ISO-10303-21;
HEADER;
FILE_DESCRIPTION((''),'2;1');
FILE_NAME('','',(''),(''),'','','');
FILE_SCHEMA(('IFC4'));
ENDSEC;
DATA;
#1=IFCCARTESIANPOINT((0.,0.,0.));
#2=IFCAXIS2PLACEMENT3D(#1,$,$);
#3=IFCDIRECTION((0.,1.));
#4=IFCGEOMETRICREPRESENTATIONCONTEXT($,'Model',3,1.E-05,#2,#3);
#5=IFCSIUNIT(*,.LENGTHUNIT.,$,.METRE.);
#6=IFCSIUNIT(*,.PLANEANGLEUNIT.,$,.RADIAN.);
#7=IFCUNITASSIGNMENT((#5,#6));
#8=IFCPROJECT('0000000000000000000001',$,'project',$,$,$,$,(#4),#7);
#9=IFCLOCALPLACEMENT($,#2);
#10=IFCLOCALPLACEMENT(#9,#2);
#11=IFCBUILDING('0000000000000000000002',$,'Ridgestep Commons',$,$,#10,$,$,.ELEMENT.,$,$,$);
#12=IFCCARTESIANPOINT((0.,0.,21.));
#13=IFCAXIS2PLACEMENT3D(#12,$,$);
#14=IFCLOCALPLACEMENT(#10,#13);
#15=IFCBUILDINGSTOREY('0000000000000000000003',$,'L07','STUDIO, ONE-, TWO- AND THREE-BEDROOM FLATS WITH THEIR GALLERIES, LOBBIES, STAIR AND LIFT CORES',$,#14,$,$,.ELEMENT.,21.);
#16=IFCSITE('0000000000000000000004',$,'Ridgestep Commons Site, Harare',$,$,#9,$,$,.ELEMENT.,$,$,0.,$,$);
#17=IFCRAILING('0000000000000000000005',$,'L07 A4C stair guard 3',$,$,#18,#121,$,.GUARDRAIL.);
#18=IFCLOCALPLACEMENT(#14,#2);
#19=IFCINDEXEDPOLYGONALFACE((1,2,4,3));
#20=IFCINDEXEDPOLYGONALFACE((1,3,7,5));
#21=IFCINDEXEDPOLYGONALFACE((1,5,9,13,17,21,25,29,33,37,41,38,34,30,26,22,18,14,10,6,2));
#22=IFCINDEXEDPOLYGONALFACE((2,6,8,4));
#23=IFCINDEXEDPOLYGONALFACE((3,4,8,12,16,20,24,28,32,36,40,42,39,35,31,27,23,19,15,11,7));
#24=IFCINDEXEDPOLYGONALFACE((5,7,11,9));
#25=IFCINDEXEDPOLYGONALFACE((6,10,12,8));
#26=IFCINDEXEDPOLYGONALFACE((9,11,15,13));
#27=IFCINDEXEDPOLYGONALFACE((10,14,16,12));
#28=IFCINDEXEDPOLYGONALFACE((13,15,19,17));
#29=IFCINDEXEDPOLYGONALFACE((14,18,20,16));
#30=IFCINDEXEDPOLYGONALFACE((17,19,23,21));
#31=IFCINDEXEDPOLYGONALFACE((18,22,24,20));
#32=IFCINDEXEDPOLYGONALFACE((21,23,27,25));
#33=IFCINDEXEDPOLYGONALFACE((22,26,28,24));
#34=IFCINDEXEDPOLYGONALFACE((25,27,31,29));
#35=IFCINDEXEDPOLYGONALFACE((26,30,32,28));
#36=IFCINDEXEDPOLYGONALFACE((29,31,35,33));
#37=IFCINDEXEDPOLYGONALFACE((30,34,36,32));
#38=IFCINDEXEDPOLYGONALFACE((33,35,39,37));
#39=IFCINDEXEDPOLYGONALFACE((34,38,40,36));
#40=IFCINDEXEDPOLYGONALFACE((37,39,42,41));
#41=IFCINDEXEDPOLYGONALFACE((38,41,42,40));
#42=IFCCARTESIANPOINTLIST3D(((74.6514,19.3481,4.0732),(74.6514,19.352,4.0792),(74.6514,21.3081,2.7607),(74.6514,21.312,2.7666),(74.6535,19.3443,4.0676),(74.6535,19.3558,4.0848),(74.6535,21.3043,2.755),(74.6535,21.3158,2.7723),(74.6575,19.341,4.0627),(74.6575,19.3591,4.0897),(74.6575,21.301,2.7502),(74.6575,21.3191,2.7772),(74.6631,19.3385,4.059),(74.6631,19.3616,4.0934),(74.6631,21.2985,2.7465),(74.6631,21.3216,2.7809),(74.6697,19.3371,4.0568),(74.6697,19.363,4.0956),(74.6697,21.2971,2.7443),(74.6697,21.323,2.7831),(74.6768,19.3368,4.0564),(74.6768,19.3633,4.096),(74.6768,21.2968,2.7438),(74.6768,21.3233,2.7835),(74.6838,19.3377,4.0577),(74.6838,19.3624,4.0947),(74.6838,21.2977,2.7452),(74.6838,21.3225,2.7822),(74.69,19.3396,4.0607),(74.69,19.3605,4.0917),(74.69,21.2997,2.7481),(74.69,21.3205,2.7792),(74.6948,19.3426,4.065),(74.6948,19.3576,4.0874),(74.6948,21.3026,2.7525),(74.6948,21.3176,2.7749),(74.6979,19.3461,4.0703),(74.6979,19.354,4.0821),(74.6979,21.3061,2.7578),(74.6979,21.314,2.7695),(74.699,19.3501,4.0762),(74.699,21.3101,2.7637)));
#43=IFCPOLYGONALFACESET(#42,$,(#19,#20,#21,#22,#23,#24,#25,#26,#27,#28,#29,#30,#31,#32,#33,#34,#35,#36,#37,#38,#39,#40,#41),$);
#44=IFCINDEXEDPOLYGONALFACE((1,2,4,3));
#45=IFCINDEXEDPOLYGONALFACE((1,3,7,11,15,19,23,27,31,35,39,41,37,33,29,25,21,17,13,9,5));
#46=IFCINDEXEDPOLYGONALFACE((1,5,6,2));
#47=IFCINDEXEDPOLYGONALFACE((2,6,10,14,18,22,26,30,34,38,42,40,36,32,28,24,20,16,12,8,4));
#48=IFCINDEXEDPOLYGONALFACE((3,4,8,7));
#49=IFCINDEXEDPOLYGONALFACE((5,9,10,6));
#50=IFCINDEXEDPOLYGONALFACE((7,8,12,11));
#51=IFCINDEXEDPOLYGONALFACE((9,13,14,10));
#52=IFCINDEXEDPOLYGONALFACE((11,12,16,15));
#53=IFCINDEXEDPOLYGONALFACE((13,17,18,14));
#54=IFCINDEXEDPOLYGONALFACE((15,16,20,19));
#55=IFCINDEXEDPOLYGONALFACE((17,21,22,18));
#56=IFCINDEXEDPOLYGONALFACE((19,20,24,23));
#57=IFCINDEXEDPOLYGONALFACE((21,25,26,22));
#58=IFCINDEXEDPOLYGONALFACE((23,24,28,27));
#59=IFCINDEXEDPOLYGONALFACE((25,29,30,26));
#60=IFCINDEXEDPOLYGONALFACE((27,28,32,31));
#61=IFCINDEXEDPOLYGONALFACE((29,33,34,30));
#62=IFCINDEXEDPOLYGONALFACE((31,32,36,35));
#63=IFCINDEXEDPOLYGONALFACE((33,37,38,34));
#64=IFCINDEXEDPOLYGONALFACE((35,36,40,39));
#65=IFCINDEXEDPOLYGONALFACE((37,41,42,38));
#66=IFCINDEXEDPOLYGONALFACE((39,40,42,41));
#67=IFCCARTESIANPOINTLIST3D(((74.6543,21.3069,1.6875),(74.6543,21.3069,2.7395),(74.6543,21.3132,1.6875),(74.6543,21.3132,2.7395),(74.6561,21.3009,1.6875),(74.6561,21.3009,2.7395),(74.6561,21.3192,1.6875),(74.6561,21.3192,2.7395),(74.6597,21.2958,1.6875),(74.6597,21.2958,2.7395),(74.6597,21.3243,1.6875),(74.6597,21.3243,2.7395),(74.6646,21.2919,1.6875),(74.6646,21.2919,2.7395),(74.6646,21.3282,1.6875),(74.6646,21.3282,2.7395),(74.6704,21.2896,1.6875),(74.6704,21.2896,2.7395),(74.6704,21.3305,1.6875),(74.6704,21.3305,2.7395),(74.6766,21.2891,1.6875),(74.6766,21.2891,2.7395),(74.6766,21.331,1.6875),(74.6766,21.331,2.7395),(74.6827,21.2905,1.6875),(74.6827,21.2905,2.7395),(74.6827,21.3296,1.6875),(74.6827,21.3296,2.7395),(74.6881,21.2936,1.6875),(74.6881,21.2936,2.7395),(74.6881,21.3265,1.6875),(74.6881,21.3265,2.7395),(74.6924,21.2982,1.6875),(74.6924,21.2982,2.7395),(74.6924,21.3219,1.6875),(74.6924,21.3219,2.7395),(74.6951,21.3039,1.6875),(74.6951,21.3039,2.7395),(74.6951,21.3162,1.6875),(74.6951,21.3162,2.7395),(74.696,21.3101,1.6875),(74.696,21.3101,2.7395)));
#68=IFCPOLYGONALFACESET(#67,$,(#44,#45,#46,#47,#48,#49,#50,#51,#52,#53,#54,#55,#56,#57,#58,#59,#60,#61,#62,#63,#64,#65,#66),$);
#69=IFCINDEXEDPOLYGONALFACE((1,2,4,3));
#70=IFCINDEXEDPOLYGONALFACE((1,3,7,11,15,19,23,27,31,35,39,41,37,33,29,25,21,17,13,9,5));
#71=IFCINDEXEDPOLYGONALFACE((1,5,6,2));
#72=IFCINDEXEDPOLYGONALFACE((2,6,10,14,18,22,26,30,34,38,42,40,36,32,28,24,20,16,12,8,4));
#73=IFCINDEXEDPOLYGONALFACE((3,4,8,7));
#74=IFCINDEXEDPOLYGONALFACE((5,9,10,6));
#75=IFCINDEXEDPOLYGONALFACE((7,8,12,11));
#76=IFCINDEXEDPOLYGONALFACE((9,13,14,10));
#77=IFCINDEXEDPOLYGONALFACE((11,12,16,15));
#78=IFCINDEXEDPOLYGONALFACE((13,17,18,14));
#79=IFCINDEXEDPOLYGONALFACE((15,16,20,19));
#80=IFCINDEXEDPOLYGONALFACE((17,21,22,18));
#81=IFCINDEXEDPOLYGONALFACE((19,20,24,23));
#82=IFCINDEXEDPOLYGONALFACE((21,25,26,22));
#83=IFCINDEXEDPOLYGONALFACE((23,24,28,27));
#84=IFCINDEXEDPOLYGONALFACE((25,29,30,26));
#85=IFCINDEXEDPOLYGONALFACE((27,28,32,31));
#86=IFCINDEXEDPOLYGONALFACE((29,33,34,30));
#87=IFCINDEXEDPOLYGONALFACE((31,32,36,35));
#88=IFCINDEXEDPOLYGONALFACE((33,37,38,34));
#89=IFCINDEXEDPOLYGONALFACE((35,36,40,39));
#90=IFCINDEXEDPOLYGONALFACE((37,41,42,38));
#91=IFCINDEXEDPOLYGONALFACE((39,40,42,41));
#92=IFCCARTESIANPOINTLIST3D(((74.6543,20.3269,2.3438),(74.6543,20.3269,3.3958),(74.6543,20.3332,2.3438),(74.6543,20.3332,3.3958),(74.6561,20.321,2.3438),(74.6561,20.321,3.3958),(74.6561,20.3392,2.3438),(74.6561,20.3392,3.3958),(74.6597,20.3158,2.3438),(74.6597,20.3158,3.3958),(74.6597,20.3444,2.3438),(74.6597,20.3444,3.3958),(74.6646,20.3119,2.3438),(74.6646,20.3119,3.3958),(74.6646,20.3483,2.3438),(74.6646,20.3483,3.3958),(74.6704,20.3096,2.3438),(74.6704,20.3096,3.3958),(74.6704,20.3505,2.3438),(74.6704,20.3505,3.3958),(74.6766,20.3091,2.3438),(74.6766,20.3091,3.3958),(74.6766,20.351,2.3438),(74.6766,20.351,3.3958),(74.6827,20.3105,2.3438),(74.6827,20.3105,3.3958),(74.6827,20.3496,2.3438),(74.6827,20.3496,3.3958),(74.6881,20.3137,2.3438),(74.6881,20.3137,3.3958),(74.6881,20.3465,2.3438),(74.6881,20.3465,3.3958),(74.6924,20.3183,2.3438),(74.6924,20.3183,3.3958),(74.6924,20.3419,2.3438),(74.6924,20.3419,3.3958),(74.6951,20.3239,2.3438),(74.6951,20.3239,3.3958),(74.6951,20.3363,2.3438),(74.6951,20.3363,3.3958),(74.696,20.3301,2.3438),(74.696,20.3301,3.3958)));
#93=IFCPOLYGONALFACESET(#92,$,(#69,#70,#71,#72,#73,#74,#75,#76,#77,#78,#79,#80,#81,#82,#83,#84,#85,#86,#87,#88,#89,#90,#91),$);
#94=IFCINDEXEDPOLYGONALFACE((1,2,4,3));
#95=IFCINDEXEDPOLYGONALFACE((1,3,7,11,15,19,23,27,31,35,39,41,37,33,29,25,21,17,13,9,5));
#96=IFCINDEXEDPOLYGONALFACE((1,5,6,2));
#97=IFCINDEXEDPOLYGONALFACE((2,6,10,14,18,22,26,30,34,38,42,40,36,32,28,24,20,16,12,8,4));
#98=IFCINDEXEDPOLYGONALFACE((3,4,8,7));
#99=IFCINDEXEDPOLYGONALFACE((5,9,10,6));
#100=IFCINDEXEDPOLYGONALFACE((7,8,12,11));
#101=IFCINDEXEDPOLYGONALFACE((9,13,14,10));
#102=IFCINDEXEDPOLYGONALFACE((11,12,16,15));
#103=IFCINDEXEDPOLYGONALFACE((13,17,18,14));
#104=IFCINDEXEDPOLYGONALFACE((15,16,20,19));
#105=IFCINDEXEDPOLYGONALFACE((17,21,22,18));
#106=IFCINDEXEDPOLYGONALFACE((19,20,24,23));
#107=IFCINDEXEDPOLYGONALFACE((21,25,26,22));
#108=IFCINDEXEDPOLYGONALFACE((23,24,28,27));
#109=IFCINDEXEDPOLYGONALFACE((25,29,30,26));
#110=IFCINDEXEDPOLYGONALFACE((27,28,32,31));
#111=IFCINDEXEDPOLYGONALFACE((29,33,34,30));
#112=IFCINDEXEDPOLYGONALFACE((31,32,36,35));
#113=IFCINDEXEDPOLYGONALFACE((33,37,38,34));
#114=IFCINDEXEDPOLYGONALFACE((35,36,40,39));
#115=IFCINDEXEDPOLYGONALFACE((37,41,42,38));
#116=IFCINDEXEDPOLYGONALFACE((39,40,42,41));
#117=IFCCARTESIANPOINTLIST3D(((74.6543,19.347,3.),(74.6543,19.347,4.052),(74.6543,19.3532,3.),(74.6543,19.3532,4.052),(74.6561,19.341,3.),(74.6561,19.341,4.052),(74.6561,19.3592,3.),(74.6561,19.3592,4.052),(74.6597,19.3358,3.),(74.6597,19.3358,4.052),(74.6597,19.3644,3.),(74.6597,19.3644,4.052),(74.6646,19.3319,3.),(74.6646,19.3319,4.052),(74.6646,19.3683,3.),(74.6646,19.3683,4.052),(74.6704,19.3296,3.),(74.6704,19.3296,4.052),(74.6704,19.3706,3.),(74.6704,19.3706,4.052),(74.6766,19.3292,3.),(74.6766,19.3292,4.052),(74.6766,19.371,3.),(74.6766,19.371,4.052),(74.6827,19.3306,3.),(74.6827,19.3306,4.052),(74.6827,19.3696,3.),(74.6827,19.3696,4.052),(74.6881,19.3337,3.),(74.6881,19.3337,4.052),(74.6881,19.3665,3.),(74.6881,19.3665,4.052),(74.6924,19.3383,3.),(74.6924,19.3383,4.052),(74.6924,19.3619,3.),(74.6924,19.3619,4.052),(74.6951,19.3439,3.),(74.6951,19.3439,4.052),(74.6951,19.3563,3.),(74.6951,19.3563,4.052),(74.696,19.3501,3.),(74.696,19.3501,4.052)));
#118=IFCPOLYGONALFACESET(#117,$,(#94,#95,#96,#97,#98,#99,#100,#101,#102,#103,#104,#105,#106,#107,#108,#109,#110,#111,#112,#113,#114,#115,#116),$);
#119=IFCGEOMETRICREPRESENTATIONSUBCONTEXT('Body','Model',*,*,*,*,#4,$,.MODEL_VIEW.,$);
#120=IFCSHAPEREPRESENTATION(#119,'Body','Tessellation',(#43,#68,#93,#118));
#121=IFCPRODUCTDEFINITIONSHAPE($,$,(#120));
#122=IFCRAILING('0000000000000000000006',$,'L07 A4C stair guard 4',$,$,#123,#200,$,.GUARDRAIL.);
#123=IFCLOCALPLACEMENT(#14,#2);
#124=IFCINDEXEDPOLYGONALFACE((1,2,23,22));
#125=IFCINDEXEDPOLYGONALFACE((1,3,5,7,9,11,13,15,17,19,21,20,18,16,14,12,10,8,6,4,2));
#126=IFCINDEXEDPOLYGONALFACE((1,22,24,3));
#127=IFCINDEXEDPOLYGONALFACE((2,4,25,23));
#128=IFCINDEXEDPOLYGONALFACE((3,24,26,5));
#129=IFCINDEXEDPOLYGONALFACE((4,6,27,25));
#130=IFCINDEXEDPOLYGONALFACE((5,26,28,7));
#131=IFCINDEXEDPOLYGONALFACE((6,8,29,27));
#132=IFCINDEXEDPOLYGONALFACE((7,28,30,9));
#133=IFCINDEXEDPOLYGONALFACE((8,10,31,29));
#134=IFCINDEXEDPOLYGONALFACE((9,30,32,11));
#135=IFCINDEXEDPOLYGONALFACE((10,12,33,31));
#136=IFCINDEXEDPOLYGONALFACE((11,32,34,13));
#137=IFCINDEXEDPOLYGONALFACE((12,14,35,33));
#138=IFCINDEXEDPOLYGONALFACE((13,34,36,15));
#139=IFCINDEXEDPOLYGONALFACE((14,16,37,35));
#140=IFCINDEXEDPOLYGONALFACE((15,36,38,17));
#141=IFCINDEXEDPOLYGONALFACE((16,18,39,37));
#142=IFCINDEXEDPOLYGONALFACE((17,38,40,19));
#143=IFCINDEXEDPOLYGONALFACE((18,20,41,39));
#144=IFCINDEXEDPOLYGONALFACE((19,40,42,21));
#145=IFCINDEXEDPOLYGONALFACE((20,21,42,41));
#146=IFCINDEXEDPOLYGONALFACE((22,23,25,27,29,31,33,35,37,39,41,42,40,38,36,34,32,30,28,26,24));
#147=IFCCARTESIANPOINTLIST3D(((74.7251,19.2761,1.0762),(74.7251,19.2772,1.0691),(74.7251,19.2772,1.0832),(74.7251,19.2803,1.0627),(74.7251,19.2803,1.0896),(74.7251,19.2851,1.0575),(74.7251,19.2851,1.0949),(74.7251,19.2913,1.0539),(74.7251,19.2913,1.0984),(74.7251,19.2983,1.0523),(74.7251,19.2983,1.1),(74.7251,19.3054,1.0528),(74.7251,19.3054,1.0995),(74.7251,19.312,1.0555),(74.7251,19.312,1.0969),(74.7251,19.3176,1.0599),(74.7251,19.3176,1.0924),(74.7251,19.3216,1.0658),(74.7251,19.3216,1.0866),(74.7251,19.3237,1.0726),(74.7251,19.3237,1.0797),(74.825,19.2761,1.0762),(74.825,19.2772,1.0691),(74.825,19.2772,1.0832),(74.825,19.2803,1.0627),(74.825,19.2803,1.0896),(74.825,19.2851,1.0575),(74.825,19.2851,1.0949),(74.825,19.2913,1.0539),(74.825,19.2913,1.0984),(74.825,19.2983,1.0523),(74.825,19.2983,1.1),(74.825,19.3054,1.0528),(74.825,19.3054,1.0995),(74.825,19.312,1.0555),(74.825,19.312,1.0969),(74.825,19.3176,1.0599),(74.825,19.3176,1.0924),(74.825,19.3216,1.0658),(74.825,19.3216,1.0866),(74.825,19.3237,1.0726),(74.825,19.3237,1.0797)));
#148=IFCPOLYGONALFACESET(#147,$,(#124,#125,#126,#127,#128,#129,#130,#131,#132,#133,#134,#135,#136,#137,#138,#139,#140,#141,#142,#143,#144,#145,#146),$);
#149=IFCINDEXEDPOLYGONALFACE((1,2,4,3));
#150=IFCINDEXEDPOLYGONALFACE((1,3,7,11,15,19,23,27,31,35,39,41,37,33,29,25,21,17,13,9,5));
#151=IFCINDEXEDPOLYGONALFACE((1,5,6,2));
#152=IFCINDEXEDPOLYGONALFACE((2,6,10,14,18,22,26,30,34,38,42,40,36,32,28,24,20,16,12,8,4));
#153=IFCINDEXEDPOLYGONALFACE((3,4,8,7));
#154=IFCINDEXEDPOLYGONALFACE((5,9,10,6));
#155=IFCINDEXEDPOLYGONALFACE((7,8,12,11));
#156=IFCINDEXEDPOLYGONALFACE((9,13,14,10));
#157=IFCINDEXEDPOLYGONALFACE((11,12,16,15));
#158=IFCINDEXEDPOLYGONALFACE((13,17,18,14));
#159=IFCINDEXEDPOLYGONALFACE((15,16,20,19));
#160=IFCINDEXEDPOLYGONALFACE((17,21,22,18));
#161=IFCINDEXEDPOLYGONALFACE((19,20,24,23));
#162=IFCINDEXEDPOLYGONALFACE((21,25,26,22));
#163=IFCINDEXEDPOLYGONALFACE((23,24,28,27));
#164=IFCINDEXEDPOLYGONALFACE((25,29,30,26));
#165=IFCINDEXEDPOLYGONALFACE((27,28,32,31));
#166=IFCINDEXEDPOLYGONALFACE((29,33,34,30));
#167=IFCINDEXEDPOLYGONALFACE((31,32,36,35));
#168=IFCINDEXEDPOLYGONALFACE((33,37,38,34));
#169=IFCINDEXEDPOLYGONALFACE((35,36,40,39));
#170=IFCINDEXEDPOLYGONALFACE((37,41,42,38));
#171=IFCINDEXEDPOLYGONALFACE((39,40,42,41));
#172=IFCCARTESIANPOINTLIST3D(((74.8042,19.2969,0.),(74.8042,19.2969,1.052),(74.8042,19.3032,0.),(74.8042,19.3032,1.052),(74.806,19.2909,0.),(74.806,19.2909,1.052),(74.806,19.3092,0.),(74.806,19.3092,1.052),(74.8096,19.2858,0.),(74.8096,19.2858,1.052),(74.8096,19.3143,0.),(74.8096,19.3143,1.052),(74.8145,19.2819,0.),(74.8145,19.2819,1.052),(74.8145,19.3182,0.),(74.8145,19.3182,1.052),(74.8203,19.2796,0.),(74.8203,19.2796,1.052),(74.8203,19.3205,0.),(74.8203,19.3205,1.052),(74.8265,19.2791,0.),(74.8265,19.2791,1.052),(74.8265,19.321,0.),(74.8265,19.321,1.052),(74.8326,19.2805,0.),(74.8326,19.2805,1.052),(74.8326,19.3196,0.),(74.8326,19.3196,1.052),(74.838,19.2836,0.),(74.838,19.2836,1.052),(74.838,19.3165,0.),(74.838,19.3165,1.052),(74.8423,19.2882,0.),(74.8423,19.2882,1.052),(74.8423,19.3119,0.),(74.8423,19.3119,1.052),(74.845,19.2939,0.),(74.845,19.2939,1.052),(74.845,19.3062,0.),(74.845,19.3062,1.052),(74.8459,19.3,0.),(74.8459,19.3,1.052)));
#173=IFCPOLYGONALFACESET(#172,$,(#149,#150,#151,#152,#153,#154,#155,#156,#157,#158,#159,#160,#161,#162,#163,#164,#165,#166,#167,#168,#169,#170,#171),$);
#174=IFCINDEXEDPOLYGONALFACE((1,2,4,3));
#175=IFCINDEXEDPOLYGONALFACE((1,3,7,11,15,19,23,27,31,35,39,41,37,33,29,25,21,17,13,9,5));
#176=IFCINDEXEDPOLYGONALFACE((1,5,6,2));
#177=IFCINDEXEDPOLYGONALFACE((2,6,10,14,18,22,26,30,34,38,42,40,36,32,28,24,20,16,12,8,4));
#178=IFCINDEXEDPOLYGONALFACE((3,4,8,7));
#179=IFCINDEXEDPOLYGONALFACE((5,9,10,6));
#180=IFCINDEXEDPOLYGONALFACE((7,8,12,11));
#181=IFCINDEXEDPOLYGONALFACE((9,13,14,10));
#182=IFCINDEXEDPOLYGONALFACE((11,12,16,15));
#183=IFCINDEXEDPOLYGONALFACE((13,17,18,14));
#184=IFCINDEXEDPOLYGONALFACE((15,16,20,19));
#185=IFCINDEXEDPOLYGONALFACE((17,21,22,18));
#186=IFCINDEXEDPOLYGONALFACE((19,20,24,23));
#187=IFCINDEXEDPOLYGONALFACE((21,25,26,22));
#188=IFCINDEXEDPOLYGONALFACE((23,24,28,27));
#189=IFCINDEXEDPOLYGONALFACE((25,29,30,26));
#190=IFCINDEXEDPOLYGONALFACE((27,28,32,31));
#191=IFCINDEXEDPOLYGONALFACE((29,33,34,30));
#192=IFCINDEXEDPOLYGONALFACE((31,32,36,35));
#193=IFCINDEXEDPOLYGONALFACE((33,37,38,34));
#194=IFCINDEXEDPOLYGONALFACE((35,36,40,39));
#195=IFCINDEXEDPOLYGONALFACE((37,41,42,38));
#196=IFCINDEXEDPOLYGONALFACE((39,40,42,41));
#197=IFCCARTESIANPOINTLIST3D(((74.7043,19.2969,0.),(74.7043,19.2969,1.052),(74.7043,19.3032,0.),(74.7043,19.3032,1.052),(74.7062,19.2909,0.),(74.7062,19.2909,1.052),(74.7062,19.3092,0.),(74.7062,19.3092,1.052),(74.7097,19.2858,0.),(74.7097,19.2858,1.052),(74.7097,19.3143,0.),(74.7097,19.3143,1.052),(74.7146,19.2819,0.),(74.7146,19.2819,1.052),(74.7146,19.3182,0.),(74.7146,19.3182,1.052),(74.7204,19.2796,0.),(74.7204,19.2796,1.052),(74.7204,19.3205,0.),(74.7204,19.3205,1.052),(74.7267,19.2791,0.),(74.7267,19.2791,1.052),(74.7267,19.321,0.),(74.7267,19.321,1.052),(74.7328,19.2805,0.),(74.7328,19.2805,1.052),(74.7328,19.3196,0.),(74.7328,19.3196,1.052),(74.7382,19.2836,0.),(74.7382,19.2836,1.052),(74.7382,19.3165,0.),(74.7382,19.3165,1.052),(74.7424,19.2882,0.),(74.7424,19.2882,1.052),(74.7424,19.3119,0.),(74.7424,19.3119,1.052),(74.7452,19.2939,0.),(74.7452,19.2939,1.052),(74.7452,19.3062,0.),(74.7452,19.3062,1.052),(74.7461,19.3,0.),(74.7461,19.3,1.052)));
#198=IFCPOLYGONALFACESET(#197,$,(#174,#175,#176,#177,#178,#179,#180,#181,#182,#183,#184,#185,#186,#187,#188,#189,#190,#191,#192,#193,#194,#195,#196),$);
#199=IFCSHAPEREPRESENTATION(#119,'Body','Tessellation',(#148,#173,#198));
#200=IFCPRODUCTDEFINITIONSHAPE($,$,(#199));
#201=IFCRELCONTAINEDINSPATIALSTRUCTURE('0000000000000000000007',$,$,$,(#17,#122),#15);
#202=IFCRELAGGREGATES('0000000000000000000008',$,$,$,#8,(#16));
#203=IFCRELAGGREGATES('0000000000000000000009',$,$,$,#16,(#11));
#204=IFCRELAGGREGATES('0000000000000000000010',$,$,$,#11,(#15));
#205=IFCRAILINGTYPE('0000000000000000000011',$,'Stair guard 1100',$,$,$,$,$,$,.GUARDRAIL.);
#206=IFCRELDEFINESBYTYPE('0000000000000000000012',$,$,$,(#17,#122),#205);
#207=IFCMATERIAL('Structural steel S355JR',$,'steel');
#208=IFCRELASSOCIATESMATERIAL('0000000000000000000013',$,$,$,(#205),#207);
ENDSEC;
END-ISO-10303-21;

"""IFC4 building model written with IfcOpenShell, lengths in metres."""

from ifc_helpers import new_model, si_unit, direction, frame, origin, origin_2d, place, context, subcontext, project, spatial, circle, extrude, material, type_object, element, save


model = new_model("IFC4")

# Units and contexts
model_context = context("Model", 3, precision=1e-05, world=origin(), true_north=direction((0.0, 1.0)))
body_context = subcontext(model_context, "Body", "Model", "MODEL_VIEW")
ifc_project = project(units=[si_unit("LENGTHUNIT", "METRE"), si_unit("PLANEANGLEUNIT", "RADIAN")], contexts=[model_context])

# Site, building, storey
site_placement = place(None, origin())
site = spatial("IfcSite", under=ifc_project, at=site_placement, Name="Ridgestep Commons Site, Harare", CompositionType="ELEMENT", RefElevation=0.0)
building_placement = place(site_placement, origin())
building = spatial("IfcBuilding", under=site, at=building_placement, Name="Ridgestep Commons", CompositionType="ELEMENT")
storey_placement = place(building_placement, frame((0.0, 0.0, 21.0)))
storey = spatial("IfcBuildingStorey", under=building, at=storey_placement, Name="L07", Description="STUDIO, ONE-, TWO- AND THREE-BEDROOM FLATS WITH THEIR GALLERIES, LOBBIES, STAIR AND LIFT CORES", CompositionType="ELEMENT", Elevation=21.0)

# Railings
ifc_material_1 = material(Name="Structural steel S355JR", Category="steel")
railing_type_1 = type_object("IfcRailingType", Name="Stair guard 1100", PredefinedType="GUARDRAIL", material=ifc_material_1)
railing_1_placement = place(storey_placement, frame((74.675, 21.3101, 1.6875)))
element("IfcRailing", 1, at=railing_1_placement, inside=storey, type_object=railing_type_1, Name="L07 A4C stair guard 3", PredefinedType="GUARDRAIL", context=body_context, shape_type="SweptSolid", body=[
    extrude(circle(Radius=0.0239, at=origin_2d()), frame((0.0, 0.0, 1.0762), z_axis=(0.0, -0.830902, 0.556419), x_axis=(1.0, 0.0, 0.0)), (0.0, 0.0, 1.0), 2.3589),
    extrude(circle(Radius=0.021, at=origin_2d()), origin(), (0.0, 0.0, 1.0), 1.052),
    extrude(circle(Radius=0.021, at=origin_2d()), frame((0.0, -0.98, 0.6562)), (0.0, 0.0, 1.0), 1.052),
    extrude(circle(Radius=0.021, at=origin_2d()), frame((0.0, -1.96, 1.3125)), (0.0, 0.0, 1.0), 1.052),
])
railing_2_placement = place(storey_placement, frame((74.825, 19.3, 0.0)))
element("IfcRailing", 2, at=railing_2_placement, inside=storey, type_object=railing_type_1, Name="L07 A4C stair guard 4", PredefinedType="GUARDRAIL", context=body_context, shape_type="SweptSolid", body=[
    extrude(circle(Radius=0.0239, at=origin_2d()), frame((0.0, 0.0, 1.0762), z_axis=(-1.0, 0.0, 0.0), x_axis=(0.0, -1.0, 0.0)), (0.0, 0.0, 1.0), 0.0999),
    extrude(circle(Radius=0.021, at=origin_2d()), origin(), (0.0, 0.0, 1.0), 1.052),
    extrude(circle(Radius=0.021, at=origin_2d()), frame((-0.0999, 0.0, 0.0)), (0.0, 0.0, 1.0), 1.052),
])

save(model, "model.ifc")
